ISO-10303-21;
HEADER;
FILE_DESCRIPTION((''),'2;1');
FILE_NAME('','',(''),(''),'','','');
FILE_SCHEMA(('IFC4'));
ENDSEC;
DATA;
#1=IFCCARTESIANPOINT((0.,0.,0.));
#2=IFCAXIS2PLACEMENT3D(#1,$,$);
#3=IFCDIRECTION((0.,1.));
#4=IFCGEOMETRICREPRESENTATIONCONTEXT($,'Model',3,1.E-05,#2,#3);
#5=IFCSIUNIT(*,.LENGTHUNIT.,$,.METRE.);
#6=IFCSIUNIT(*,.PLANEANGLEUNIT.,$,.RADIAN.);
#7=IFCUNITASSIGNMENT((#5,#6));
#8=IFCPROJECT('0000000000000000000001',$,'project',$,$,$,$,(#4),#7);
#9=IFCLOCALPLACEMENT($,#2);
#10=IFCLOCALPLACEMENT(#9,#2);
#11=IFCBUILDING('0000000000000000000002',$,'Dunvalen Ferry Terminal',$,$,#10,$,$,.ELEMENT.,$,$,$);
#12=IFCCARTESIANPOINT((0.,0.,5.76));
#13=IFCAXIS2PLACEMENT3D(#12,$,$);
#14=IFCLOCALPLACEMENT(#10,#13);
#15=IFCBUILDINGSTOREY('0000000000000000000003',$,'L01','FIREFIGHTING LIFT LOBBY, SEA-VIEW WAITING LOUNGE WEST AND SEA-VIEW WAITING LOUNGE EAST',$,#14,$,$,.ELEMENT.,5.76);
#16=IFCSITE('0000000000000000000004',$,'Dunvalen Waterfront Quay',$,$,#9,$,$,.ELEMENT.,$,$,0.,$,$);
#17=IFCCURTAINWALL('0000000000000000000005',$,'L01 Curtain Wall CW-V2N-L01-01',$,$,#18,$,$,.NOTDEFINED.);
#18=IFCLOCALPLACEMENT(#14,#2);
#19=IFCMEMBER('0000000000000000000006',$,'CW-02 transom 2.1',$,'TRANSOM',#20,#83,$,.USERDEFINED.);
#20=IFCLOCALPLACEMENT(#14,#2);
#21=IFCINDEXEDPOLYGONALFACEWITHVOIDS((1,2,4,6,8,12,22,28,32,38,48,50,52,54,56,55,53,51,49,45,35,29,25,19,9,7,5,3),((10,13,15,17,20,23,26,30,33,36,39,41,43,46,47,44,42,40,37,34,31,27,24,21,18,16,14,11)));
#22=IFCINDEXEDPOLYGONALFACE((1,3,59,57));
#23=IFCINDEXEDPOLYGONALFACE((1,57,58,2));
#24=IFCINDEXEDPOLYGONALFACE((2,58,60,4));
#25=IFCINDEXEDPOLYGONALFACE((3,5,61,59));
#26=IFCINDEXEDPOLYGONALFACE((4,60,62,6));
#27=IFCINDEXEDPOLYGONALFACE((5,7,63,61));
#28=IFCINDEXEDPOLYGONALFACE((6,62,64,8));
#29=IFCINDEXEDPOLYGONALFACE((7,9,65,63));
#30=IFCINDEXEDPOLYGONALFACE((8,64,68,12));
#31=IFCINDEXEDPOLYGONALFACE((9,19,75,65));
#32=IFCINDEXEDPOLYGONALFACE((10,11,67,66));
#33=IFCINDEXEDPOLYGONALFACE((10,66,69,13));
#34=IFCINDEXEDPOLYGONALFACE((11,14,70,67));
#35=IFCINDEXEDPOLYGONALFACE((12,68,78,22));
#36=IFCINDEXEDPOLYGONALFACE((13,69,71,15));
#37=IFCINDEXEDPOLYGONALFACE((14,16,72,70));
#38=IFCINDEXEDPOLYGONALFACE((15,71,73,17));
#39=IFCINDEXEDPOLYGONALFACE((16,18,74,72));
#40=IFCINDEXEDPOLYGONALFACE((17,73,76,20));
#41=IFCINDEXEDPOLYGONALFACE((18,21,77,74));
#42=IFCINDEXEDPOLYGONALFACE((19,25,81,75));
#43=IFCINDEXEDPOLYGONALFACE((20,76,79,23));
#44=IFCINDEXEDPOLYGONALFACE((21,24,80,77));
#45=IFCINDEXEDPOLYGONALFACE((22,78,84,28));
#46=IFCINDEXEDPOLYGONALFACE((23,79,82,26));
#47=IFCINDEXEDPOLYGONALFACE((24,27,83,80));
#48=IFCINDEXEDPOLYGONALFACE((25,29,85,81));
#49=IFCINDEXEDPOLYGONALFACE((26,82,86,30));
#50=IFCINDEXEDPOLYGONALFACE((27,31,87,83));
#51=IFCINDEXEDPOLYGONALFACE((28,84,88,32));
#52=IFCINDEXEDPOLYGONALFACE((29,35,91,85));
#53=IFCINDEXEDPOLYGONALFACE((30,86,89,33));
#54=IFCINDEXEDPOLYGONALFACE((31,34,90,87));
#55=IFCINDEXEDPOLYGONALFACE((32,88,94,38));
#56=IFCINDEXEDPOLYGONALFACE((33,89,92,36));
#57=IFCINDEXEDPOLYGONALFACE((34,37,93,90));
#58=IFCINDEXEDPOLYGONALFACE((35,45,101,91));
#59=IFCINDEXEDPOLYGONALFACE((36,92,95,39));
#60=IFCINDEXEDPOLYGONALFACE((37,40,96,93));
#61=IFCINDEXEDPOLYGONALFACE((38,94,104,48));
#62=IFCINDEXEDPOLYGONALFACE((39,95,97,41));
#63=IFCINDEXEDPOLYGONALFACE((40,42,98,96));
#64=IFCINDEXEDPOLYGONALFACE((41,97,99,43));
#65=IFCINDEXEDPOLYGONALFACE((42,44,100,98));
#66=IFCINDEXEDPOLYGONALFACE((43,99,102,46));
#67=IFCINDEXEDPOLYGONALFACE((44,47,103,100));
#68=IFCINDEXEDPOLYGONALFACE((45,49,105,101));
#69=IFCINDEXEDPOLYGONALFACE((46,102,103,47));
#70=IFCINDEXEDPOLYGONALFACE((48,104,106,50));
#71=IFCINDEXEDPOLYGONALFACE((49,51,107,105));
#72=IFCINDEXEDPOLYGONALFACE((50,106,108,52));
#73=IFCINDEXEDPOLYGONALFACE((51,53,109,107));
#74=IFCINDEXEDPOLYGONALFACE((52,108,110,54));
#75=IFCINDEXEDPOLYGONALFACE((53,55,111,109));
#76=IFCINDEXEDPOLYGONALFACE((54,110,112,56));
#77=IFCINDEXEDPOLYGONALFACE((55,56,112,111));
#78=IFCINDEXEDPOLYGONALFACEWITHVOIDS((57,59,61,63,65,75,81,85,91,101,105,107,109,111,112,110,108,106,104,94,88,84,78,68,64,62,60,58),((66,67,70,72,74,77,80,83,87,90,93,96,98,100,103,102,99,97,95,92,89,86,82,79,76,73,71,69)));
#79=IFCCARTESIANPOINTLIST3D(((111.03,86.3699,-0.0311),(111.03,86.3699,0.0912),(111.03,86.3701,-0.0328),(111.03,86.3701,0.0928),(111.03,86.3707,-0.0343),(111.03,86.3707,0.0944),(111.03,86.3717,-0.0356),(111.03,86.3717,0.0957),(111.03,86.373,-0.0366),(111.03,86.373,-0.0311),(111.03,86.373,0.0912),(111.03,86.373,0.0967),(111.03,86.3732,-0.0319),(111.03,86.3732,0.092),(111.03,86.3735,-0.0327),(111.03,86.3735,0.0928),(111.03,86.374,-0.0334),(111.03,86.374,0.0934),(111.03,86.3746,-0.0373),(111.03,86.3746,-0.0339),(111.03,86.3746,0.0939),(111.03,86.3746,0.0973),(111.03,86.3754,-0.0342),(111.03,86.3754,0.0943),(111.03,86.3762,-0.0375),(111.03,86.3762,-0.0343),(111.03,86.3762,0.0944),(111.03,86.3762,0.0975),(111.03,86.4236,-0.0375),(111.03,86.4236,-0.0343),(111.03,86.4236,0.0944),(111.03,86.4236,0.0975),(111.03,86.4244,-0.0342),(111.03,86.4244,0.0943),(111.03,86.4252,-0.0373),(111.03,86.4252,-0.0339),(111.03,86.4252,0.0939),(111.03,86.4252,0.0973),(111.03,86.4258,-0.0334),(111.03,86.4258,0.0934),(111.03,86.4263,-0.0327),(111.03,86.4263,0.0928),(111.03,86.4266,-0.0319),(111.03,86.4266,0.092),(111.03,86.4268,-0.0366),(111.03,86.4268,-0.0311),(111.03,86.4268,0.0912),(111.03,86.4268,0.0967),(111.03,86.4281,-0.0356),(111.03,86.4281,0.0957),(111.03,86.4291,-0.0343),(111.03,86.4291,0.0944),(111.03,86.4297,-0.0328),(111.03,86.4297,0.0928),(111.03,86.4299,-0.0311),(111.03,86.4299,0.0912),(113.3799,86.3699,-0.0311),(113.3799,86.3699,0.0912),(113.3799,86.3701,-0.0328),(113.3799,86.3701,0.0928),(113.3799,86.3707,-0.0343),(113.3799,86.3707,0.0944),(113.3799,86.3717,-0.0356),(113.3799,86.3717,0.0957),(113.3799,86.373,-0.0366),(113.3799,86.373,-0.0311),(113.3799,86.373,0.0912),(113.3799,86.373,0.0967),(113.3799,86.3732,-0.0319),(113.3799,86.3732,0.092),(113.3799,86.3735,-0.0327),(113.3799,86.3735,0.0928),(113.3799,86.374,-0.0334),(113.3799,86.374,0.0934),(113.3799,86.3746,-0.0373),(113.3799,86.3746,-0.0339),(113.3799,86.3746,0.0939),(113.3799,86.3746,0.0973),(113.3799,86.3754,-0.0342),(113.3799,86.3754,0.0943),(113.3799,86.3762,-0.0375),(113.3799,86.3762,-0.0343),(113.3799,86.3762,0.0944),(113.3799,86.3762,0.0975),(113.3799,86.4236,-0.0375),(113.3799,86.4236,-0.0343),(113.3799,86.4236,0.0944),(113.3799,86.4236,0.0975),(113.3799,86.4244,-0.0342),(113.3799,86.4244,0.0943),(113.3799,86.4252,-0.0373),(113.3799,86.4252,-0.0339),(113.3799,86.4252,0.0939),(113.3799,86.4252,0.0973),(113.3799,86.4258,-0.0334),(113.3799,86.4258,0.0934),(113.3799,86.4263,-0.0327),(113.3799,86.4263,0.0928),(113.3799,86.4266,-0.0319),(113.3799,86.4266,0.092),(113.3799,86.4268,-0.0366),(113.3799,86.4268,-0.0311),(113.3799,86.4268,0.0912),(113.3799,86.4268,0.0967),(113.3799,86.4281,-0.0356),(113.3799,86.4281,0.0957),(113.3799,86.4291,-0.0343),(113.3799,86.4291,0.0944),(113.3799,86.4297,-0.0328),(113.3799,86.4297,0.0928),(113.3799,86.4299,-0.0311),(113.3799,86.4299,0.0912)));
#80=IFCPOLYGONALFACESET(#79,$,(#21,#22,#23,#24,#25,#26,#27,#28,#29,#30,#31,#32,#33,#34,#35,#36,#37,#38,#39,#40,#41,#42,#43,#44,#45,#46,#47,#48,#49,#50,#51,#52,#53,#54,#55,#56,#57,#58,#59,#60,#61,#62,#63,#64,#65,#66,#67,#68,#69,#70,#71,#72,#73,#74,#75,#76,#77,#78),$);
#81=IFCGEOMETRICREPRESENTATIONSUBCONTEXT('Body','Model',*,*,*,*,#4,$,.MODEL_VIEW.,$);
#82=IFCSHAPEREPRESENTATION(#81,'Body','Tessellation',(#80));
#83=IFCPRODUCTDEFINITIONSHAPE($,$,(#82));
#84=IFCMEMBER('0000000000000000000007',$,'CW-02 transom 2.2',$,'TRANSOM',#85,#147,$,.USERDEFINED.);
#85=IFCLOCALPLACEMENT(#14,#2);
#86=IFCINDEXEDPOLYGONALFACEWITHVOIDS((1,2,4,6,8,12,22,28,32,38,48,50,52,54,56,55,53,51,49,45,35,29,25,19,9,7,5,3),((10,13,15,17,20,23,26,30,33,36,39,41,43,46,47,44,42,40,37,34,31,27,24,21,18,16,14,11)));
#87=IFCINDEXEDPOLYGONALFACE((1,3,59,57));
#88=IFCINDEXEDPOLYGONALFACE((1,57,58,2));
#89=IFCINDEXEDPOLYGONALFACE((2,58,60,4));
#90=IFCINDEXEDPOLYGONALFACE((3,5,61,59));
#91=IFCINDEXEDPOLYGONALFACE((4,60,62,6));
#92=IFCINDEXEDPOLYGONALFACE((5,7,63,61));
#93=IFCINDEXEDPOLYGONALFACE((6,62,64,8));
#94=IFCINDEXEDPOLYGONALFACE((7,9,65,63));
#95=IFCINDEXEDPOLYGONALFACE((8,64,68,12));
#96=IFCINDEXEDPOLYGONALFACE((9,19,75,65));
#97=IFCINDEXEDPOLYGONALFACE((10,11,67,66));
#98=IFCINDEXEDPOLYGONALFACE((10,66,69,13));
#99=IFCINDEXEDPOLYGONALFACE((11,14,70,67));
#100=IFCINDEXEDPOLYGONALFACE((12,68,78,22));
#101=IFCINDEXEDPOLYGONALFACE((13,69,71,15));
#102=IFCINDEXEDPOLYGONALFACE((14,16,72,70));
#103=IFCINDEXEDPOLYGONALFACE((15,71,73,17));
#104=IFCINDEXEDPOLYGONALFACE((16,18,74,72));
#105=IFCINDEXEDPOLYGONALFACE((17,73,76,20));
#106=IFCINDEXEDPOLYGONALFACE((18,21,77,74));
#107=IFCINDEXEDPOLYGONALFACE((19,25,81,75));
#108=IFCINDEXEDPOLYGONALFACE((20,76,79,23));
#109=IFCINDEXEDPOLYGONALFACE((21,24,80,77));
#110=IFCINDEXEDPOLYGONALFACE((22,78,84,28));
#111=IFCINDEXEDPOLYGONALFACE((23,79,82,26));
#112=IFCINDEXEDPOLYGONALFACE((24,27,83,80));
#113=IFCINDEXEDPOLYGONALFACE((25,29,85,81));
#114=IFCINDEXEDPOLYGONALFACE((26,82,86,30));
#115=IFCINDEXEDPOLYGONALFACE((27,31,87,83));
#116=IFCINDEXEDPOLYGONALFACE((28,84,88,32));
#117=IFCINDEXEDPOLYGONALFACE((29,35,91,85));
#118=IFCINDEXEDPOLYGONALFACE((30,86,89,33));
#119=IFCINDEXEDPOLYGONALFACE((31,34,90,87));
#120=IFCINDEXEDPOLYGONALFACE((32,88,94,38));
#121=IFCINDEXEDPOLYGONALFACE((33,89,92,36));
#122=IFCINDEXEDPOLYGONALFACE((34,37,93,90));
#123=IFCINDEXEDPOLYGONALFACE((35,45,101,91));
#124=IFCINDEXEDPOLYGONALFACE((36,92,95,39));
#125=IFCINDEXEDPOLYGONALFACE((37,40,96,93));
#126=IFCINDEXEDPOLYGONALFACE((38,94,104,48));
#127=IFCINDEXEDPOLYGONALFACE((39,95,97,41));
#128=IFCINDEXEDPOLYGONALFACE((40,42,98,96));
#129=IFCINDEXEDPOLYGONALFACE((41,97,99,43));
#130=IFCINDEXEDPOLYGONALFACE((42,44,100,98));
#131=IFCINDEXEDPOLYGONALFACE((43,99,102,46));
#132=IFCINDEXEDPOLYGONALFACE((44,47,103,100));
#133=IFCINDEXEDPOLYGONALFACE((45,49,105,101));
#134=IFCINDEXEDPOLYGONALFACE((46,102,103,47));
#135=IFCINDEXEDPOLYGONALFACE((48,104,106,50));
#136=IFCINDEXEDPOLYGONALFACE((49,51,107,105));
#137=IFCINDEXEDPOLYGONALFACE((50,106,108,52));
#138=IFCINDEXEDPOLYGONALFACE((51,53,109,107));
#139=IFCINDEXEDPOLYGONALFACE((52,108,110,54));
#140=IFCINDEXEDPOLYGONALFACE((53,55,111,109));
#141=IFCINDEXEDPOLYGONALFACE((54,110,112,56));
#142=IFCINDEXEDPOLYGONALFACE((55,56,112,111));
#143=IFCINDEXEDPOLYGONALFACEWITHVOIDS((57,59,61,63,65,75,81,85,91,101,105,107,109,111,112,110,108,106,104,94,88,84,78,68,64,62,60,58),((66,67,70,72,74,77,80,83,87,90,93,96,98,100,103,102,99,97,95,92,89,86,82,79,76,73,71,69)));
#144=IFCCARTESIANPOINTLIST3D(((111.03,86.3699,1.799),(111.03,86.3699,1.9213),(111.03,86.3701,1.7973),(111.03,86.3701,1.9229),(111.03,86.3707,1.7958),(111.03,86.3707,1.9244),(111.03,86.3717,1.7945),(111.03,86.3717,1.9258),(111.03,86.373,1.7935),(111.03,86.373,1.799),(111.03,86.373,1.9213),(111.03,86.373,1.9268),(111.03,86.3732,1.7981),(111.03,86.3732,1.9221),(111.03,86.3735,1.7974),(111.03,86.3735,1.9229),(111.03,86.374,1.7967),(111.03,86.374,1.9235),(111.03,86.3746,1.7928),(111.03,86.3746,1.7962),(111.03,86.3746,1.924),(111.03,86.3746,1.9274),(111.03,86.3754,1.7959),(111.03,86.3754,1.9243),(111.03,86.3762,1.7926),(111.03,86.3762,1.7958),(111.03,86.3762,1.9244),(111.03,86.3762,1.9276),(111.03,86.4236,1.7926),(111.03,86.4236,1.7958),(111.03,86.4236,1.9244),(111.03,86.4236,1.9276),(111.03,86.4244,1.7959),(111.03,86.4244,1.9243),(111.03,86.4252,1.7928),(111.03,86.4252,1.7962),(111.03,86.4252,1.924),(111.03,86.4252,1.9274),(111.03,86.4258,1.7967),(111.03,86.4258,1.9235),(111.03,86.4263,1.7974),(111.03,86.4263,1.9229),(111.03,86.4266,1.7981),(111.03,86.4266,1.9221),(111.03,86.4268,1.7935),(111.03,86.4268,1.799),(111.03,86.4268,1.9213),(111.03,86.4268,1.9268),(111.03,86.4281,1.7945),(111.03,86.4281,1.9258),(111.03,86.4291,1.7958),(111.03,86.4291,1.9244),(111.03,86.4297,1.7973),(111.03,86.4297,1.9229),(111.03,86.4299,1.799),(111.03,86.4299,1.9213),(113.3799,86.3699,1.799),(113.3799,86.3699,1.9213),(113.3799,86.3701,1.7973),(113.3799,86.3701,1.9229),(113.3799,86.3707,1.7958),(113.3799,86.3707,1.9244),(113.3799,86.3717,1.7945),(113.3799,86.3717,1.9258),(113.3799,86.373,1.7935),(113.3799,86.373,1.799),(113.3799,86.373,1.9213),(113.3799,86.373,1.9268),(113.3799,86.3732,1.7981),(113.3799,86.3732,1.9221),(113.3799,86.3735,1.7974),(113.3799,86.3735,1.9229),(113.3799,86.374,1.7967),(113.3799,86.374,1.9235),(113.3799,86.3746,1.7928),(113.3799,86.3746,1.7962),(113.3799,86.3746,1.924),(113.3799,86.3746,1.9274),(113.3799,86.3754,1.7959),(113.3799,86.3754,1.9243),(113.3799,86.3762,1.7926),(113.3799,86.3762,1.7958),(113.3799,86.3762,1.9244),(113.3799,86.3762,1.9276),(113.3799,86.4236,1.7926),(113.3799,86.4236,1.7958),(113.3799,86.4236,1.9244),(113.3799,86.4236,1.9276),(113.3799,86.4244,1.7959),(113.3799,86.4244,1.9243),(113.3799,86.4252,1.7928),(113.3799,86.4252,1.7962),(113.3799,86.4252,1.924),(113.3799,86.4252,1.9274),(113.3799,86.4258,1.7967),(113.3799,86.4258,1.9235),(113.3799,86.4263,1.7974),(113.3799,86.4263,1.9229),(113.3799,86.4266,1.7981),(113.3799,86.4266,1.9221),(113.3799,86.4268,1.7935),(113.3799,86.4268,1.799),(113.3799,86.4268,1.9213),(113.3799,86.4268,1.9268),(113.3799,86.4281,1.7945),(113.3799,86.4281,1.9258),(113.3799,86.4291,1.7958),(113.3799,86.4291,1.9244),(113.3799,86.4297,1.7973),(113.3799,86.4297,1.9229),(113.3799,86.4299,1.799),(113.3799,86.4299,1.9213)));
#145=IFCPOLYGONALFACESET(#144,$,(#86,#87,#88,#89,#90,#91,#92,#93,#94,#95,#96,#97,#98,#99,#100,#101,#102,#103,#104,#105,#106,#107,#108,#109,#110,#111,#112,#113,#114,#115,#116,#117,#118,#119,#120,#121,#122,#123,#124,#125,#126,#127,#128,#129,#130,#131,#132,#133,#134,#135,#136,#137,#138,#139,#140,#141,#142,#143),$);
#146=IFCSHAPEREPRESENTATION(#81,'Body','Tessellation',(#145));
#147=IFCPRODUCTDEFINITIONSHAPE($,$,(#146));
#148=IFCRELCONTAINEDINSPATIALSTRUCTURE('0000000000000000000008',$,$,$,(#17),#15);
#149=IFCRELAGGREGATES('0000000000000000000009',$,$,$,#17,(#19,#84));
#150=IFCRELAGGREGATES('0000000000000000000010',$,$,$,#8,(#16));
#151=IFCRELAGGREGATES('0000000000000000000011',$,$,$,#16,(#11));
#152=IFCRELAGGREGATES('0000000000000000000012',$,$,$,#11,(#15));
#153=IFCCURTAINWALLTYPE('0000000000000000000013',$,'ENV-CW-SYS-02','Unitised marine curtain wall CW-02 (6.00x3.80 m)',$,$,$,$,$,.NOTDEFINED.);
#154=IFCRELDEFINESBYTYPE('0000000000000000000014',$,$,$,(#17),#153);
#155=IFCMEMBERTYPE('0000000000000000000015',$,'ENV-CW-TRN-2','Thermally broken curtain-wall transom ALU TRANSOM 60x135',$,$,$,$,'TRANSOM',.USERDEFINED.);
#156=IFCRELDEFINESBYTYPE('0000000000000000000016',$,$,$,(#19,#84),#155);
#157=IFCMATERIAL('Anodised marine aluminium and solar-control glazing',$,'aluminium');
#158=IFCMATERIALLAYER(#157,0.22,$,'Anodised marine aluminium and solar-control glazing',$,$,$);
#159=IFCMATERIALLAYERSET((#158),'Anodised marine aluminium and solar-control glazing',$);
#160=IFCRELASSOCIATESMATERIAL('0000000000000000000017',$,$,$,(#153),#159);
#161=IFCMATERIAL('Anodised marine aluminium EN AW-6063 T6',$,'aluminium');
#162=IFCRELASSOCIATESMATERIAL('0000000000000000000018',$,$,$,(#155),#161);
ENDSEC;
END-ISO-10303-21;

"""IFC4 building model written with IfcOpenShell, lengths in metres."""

from ifc_helpers import new_model, si_unit, direction, frame, origin, origin_2d, place, context, subcontext, project, spatial, hollow_rectangle, extrude, material, layer, layer_set, material_profile, profile_set, type_object, element, aggregate, save


model = new_model("IFC4")

# Units and contexts
model_context = context("Model", 3, precision=1e-05, world=origin(), true_north=direction((0.0, 1.0)))
body_context = subcontext(model_context, "Body", "Model", "MODEL_VIEW")
ifc_project = project(units=[si_unit("LENGTHUNIT", "METRE"), si_unit("PLANEANGLEUNIT", "RADIAN")], contexts=[model_context])

# Site, building, storey
site_placement = place(None, origin())
site = spatial("IfcSite", under=ifc_project, at=site_placement, Name="Dunvalen Waterfront Quay", CompositionType="ELEMENT", RefElevation=0.0)
building_placement = place(site_placement, origin())
building = spatial("IfcBuilding", under=site, at=building_placement, Name="Dunvalen Ferry Terminal", CompositionType="ELEMENT")
storey_placement = place(building_placement, frame((0.0, 0.0, 5.76)))
storey = spatial("IfcBuildingStorey", under=building, at=storey_placement, Name="L01", Description="FIREFIGHTING LIFT LOBBY, SEA-VIEW WAITING LOUNGE WEST AND SEA-VIEW WAITING LOUNGE EAST", CompositionType="ELEMENT", Elevation=5.76)

# Curtain wall
ifc_material_1 = material(Name="Anodised marine aluminium and solar-control glazing", Category="aluminium")
ifc_layer_1 = layer(ifc_material_1, 0.22, Name="Anodised marine aluminium and solar-control glazing")
ifc_layer_set_1 = layer_set([ifc_layer_1], Name="Anodised marine aluminium and solar-control glazing")
curtain_wall_type_1 = type_object("IfcCurtainWallType", Name="ENV-CW-SYS-02", Description="Unitised marine curtain wall CW-02 (6.00x3.80 m)", PredefinedType="NOTDEFINED", material=ifc_layer_set_1)
curtain_wall_1_placement = place(storey_placement, origin())
curtain_wall_1 = element("IfcCurtainWall", 1, at=curtain_wall_1_placement, inside=storey, type_object=curtain_wall_type_1, Name="L01 Curtain Wall CW-V2N-L01-01", PredefinedType="NOTDEFINED")
ifc_material_2 = material(Name="Anodised marine aluminium EN AW-6063 T6", Category="aluminium")

# Members
ifc_material_profile_1 = material_profile(ifc_material_2, hollow_rectangle(XDim=0.0601, YDim=0.135, WallThickness=0.0032, InnerFilletRadius=0.0032, OuterFilletRadius=0.0063, at=origin_2d()), Name="Anodised marine aluminium EN AW-6063 T6")
ifc_profile_set_1 = profile_set([ifc_material_profile_1], Name="Anodised marine aluminium EN AW-6063 T6")
member_type_1 = type_object("IfcMemberType", Name="ENV-CW-TRN-2", Description="Thermally broken curtain-wall transom ALU TRANSOM 60x135", ElementType="TRANSOM", PredefinedType="USERDEFINED", material=ifc_profile_set_1)
member_1_placement = place(storey_placement, frame((111.03, 86.3999, 0.03), z_axis=(1.0, 0.0, 0.0), x_axis=(0.0, 1.0, 0.0)))
member_1 = element("IfcMember", 2, at=member_1_placement, type_object=member_type_1, Name="CW-02 transom 2.1", ObjectType="TRANSOM", PredefinedType="USERDEFINED", context=body_context, shape_type="SweptSolid", body=[
    extrude(hollow_rectangle(XDim=0.0601, YDim=0.135, WallThickness=0.0032, InnerFilletRadius=0.0032, OuterFilletRadius=0.0063, at=origin_2d()), origin(), (0.0, 0.0, 1.0), 2.3499),
])
member_2_placement = place(storey_placement, frame((111.03, 86.3999, 1.8601), z_axis=(1.0, 0.0, 0.0), x_axis=(0.0, 1.0, 0.0)))
member_2 = element("IfcMember", 3, at=member_2_placement, type_object=member_type_1, Name="CW-02 transom 2.2", ObjectType="TRANSOM", PredefinedType="USERDEFINED", context=body_context, shape_type="SweptSolid", body=[
    extrude(hollow_rectangle(XDim=0.0601, YDim=0.135, WallThickness=0.0032, InnerFilletRadius=0.0032, OuterFilletRadius=0.0063, at=origin_2d()), origin(), (0.0, 0.0, 1.0), 2.3499),
])

aggregate(curtain_wall_1, [member_1, member_2])

save(model, "model.ifc")
